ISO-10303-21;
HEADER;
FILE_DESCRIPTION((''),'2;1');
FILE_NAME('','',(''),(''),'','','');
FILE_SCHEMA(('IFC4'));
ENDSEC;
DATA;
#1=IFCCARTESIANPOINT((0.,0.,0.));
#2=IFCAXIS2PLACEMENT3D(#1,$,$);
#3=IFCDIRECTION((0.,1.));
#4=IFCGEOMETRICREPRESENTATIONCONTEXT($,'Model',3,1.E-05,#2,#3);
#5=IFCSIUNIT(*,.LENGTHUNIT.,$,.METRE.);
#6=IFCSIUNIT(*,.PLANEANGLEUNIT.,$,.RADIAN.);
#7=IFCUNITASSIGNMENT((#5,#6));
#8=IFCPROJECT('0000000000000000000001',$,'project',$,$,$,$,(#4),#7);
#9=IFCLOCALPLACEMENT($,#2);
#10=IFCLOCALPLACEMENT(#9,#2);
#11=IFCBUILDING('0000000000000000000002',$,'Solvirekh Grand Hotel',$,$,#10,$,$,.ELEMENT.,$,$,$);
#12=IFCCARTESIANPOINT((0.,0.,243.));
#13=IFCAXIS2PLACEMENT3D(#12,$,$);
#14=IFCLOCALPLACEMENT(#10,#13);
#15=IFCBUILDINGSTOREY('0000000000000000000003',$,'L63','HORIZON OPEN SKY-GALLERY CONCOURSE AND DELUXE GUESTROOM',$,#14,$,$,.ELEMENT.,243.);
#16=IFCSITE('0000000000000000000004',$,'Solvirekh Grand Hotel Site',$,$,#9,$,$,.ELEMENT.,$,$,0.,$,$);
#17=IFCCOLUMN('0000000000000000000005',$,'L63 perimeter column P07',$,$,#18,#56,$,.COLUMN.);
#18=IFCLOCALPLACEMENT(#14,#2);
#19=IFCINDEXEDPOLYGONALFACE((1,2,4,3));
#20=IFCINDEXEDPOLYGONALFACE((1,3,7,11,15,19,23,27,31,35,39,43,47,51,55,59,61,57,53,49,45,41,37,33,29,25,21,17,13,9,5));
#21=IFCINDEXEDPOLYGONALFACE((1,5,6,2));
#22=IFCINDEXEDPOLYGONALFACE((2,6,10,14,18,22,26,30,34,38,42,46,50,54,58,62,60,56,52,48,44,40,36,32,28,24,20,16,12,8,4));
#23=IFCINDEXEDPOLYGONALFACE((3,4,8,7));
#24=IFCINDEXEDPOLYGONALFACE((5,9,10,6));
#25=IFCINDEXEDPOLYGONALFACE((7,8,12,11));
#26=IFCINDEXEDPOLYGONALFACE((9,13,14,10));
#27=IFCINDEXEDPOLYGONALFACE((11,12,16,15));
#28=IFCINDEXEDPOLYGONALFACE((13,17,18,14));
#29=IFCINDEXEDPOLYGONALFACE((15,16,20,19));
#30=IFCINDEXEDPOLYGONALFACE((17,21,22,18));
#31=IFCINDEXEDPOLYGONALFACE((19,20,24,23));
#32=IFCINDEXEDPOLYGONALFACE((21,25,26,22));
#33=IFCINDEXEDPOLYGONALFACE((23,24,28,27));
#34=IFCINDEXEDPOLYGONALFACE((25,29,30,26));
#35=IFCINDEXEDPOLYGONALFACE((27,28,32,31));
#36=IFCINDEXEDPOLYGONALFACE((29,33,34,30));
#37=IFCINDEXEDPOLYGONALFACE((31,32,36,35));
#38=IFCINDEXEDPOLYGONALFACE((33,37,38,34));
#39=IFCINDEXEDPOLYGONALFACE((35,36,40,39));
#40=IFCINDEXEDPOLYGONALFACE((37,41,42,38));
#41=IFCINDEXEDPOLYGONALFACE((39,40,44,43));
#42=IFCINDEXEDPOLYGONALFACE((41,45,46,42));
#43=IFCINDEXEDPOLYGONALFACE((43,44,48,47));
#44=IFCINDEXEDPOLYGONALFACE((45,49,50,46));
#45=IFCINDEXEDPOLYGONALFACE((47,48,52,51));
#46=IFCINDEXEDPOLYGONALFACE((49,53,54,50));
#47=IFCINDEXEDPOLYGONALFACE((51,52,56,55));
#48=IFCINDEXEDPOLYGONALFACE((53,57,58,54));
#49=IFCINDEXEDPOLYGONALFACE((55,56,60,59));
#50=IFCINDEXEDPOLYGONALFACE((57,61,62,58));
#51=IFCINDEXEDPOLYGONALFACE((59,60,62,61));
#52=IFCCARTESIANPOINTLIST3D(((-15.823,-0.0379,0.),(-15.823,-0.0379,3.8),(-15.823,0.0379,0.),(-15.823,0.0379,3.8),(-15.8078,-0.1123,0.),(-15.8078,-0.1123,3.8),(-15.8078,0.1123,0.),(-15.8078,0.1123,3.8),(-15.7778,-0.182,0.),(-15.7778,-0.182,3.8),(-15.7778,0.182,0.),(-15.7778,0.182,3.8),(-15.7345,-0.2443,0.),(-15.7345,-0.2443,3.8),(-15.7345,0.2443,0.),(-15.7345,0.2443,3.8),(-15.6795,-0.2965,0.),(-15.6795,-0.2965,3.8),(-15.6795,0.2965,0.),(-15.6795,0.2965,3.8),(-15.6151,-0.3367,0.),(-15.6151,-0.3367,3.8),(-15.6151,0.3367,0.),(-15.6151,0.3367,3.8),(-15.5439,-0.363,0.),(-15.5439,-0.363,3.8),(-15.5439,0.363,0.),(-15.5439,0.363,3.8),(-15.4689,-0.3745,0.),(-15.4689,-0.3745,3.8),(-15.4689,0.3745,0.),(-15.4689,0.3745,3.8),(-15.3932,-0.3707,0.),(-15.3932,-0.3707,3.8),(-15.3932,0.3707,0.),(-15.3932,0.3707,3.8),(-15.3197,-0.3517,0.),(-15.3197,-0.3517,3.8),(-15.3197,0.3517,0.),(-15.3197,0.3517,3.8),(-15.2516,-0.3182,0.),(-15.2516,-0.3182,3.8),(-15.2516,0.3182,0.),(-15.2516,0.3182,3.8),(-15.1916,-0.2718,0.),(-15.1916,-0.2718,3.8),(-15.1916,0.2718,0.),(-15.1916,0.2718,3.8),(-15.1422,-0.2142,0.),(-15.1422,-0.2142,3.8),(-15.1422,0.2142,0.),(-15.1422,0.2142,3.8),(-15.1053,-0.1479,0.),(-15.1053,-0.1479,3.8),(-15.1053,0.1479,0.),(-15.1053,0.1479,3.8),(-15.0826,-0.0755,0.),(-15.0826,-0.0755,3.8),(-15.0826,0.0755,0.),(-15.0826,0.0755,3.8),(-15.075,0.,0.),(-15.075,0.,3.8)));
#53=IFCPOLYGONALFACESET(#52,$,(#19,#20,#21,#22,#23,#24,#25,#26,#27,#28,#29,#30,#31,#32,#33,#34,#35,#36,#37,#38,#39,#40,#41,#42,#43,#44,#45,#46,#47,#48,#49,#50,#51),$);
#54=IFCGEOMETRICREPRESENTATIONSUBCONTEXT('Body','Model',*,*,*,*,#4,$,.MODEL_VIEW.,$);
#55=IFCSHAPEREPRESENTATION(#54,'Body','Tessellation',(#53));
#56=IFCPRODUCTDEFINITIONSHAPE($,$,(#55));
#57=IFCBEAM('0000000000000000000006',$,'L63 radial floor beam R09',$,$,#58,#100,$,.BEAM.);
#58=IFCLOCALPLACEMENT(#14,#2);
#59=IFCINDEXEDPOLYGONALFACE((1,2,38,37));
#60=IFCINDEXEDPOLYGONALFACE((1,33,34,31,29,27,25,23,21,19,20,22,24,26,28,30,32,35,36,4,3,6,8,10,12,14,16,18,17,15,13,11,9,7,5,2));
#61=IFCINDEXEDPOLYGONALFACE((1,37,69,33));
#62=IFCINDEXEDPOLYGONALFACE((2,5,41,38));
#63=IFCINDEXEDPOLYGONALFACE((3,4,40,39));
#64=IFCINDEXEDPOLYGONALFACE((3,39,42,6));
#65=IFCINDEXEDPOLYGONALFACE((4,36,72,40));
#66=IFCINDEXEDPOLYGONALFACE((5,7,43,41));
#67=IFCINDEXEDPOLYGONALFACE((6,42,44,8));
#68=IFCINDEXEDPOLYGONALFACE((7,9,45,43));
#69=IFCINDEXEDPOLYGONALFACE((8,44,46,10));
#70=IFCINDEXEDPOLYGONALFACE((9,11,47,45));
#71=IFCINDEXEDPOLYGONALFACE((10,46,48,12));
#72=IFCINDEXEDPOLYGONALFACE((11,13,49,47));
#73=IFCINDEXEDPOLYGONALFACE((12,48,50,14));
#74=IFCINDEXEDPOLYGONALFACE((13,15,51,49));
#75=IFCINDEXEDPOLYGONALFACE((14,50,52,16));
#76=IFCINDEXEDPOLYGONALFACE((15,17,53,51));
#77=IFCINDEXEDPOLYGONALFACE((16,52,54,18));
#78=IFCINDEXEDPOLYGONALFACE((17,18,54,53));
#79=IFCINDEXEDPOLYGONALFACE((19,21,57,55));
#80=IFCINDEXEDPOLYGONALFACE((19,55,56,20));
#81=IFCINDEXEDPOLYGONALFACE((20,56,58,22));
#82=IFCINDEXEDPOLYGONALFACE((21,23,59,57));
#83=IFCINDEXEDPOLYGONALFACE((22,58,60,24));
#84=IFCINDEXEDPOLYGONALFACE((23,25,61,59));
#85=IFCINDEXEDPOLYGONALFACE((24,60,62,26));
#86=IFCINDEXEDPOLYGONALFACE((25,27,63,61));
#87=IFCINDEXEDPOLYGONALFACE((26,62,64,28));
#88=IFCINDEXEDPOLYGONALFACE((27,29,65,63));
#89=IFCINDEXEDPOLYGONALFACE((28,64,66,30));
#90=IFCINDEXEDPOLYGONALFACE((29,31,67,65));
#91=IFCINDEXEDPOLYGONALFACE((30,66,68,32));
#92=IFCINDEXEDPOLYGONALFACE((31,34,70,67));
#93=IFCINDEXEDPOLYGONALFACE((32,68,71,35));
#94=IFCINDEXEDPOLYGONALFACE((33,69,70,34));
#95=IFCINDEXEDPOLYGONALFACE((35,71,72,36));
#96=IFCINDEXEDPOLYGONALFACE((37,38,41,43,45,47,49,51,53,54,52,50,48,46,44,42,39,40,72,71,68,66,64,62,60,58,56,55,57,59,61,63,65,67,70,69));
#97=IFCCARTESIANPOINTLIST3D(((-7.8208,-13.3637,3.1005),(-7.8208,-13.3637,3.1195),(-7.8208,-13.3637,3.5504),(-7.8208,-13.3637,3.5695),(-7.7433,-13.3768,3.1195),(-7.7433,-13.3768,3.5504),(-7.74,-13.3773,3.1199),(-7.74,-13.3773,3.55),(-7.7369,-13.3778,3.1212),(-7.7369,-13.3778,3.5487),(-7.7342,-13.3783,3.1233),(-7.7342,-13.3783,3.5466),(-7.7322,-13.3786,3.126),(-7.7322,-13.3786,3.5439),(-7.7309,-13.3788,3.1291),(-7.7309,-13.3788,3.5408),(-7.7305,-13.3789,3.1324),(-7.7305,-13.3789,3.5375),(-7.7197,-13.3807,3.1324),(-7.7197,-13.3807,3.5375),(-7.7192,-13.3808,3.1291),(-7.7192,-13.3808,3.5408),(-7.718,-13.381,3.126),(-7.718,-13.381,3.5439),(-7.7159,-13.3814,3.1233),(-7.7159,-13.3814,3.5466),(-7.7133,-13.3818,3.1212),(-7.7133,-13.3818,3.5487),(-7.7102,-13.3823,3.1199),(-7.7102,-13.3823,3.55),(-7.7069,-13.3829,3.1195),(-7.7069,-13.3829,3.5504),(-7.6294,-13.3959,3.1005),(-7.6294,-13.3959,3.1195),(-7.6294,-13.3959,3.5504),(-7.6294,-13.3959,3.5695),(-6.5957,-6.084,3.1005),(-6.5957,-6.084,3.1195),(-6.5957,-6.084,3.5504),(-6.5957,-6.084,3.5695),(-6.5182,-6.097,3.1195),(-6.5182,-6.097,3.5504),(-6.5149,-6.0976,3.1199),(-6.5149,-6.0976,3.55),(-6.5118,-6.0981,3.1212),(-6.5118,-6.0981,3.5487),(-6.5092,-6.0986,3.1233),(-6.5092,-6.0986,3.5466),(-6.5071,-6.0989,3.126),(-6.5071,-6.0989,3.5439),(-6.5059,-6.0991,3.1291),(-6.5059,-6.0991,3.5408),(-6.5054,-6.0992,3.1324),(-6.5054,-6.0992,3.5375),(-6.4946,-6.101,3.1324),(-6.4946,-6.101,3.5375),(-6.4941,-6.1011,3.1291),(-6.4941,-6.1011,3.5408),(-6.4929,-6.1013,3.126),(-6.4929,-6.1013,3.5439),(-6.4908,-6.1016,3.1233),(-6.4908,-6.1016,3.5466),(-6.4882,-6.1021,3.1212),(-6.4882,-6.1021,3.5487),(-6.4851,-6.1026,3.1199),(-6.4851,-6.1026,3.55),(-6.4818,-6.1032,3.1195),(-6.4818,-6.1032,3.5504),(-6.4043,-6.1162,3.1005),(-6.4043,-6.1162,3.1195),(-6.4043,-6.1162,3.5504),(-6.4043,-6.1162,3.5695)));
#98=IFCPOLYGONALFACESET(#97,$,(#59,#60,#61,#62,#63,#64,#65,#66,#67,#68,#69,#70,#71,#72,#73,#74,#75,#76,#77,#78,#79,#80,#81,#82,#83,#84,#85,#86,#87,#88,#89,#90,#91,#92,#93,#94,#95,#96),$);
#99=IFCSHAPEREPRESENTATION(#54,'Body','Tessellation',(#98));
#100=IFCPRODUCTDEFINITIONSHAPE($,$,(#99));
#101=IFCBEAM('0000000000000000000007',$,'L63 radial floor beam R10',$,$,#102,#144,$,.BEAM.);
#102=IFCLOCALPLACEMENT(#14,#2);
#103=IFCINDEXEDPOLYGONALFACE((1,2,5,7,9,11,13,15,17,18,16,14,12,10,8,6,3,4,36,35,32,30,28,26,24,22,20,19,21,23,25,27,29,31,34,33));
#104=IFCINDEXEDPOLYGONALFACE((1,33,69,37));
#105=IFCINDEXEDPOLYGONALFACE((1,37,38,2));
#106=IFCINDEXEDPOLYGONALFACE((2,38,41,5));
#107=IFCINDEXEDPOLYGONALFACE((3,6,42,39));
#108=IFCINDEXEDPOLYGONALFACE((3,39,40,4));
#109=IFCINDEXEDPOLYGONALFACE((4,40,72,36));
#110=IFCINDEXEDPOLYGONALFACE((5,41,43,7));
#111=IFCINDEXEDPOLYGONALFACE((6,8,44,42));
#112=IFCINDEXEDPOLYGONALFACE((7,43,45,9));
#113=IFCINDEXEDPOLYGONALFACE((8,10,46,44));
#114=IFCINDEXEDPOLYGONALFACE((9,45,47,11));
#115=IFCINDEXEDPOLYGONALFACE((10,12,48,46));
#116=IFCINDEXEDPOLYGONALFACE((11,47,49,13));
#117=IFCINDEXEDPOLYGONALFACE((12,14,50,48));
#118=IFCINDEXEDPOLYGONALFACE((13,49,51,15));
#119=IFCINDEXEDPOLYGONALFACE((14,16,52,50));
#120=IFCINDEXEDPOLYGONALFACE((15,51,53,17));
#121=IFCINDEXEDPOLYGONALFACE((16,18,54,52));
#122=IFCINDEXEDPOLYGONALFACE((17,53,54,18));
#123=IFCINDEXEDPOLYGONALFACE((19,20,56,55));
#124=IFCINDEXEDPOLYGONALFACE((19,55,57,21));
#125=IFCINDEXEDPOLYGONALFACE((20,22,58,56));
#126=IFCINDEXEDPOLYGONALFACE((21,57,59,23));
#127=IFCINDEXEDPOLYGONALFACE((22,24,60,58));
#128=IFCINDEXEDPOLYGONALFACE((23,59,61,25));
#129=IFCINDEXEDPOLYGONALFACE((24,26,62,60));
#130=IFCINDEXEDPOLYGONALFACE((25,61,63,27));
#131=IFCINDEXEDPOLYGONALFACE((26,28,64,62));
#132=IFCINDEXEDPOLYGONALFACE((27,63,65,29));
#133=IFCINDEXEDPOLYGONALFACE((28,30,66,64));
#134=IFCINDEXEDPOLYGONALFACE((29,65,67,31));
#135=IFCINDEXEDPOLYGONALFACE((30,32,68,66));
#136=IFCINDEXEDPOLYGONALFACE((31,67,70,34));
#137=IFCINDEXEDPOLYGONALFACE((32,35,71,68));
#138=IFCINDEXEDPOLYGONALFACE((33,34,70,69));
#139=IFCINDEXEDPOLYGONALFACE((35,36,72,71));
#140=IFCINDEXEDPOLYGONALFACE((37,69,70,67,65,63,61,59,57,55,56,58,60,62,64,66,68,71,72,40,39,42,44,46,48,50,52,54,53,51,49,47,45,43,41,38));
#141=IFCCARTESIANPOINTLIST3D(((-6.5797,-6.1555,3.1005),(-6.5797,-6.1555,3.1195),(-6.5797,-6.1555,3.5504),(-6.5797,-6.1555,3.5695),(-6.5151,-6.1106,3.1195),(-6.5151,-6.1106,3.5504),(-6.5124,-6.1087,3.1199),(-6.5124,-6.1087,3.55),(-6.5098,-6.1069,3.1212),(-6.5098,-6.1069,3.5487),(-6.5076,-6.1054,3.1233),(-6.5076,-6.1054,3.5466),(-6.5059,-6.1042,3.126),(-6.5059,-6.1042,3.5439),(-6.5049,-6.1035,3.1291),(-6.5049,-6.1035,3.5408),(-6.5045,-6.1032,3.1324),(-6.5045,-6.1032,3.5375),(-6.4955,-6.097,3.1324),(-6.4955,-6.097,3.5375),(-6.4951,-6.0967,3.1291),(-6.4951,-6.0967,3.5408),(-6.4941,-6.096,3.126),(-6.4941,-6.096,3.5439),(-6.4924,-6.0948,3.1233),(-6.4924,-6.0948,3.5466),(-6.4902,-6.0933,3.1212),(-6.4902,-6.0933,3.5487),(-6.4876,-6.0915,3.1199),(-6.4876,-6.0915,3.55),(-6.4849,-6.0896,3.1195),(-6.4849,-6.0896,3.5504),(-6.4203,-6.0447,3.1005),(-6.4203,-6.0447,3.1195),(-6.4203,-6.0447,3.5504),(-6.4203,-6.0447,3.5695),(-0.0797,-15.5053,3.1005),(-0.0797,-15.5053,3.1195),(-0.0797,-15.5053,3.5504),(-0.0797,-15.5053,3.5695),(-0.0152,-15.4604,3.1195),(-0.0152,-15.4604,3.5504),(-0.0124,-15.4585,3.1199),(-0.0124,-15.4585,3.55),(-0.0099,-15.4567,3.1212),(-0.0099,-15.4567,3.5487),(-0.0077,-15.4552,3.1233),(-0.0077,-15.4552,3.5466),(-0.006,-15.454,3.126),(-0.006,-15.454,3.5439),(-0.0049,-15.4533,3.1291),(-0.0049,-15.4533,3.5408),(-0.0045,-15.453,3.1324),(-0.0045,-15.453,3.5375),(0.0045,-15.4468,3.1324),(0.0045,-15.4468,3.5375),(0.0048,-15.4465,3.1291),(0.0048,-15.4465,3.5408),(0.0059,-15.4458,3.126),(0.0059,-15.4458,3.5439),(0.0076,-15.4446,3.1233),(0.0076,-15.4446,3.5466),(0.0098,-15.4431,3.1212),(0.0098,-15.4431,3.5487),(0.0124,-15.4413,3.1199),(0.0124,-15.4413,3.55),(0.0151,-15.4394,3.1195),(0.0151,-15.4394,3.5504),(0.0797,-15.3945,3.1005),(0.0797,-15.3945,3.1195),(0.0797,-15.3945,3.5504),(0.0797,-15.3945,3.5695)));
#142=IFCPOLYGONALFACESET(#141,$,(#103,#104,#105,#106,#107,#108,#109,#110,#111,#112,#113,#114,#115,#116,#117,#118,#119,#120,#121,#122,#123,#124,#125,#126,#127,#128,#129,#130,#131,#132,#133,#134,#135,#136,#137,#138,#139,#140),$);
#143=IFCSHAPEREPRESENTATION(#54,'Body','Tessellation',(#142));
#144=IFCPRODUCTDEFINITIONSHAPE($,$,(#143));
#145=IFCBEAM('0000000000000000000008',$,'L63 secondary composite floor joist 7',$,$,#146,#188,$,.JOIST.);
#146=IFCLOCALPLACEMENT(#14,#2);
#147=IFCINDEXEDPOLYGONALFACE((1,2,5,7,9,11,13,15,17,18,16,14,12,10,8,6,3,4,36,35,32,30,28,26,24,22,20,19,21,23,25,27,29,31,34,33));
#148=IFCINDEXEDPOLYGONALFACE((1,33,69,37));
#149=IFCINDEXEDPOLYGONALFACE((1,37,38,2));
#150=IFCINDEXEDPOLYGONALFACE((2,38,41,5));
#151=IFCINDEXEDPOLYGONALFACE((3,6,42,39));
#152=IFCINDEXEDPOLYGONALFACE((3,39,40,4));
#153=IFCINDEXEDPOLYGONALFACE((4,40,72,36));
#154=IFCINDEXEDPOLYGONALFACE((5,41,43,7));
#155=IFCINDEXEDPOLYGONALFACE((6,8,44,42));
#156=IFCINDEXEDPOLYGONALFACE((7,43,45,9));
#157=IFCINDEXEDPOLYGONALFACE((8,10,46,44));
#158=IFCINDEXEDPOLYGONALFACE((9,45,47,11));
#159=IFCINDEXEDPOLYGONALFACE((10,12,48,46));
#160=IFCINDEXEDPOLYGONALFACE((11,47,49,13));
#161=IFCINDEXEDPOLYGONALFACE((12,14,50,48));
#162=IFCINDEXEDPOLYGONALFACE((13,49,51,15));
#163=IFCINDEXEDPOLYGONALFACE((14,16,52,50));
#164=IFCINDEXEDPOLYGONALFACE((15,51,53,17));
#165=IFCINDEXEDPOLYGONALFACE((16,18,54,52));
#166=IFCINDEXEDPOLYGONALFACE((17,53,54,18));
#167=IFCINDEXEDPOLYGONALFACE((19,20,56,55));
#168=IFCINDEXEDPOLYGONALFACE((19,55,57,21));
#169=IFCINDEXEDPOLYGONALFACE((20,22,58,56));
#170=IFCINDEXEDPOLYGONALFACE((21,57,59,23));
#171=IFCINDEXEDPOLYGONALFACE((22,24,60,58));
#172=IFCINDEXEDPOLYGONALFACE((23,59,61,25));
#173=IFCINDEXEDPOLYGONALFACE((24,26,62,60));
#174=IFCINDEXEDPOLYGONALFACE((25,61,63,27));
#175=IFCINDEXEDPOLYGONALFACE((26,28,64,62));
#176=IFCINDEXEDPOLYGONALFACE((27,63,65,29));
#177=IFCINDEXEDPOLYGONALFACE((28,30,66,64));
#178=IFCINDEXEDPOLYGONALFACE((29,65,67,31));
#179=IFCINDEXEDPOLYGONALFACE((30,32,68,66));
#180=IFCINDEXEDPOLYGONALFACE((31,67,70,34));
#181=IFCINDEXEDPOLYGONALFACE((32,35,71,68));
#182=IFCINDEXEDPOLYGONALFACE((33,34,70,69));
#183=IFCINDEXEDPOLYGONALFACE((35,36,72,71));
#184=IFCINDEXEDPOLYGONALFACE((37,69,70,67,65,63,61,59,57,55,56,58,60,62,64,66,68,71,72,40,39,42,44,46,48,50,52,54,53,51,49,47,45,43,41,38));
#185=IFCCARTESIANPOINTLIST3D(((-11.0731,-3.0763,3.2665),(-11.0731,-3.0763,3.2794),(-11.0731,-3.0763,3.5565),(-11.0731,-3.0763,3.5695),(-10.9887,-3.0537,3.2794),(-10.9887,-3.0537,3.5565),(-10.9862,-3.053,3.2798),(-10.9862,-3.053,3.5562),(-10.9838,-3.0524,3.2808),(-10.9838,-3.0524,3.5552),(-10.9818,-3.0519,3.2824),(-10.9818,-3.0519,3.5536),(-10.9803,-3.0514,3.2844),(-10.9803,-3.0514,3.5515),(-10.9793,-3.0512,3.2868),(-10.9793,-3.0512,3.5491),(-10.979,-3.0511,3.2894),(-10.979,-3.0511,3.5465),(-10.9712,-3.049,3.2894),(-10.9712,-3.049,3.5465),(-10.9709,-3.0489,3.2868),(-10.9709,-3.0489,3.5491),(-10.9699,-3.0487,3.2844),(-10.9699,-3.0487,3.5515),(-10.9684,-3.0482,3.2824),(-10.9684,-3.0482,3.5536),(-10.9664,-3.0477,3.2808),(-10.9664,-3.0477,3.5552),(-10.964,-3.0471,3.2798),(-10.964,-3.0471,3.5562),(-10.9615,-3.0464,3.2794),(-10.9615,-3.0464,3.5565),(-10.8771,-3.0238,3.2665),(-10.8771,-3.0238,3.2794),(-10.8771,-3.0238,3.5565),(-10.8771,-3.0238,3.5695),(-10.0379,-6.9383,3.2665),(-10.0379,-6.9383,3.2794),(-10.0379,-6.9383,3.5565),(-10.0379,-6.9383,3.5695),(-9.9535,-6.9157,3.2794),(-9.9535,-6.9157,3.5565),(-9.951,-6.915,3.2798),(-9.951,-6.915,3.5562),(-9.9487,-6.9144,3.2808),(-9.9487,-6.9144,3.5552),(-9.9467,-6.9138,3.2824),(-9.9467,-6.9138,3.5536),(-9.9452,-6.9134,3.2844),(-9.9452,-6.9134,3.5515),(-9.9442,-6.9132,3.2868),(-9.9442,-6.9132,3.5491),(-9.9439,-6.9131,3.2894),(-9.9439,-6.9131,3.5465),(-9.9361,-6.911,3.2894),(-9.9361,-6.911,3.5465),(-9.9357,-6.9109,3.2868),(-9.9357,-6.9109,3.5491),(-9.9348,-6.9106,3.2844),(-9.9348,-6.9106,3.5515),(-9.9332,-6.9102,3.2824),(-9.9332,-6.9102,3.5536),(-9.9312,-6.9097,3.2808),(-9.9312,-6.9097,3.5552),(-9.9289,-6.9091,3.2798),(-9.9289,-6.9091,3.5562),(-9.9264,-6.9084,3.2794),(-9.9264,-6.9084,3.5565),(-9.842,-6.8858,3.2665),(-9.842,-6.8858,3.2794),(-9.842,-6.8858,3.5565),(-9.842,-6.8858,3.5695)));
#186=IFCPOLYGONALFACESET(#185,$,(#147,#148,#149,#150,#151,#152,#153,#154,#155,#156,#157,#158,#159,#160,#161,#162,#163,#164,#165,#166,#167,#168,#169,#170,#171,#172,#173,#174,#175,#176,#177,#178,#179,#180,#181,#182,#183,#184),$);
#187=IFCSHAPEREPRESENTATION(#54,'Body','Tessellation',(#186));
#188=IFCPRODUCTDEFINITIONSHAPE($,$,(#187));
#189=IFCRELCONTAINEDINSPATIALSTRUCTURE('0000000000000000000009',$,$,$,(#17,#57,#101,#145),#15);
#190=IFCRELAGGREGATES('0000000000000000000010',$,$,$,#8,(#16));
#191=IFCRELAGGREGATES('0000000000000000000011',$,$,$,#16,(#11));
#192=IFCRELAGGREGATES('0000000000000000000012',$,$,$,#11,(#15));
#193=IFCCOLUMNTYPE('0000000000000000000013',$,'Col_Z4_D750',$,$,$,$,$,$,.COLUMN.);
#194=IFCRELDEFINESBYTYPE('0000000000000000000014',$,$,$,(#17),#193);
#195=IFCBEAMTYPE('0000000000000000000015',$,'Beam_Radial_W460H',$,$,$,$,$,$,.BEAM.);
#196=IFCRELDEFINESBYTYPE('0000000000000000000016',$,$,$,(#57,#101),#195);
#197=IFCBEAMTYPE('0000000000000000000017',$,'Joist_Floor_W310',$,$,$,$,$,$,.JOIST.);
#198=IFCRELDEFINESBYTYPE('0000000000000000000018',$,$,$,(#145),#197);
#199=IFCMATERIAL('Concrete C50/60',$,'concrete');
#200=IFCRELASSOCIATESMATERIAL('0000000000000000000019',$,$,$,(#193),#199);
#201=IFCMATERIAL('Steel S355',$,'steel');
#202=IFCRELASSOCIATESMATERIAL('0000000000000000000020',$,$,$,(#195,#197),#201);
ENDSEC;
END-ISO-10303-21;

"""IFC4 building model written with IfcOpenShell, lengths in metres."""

from ifc_helpers import new_model, si_unit, direction, frame, origin, origin_2d, place, context, subcontext, project, spatial, circle, i_section, extrude, material, material_profile, profile_set, type_object, element, save


model = new_model("IFC4")

# Units and contexts
model_context = context("Model", 3, precision=1e-05, world=origin(), true_north=direction((0.0, 1.0)))
body_context = subcontext(model_context, "Body", "Model", "MODEL_VIEW")
ifc_project = project(units=[si_unit("LENGTHUNIT", "METRE"), si_unit("PLANEANGLEUNIT", "RADIAN")], contexts=[model_context])

# Site, building, storey
site_placement = place(None, origin())
site = spatial("IfcSite", under=ifc_project, at=site_placement, Name="Solvirekh Grand Hotel Site", CompositionType="ELEMENT", RefElevation=0.0)
building_placement = place(site_placement, origin())
building = spatial("IfcBuilding", under=site, at=building_placement, Name="Solvirekh Grand Hotel", CompositionType="ELEMENT")
storey_placement = place(building_placement, frame((0.0, 0.0, 243.0)))
storey = spatial("IfcBuildingStorey", under=building, at=storey_placement, Name="L63", Description="HORIZON OPEN SKY-GALLERY CONCOURSE AND DELUXE GUESTROOM", CompositionType="ELEMENT", Elevation=243.0)

# Column
ifc_material_1 = material(Name="Concrete C50/60", Category="concrete")
ifc_material_profile_1 = material_profile(ifc_material_1, circle(Radius=0.375, at=origin_2d()), Name="RC CIRC D750")
ifc_profile_set_1 = profile_set([ifc_material_profile_1], Name="Concrete C50/60")
column_type = type_object("IfcColumnType", Name="Col_Z4_D750", PredefinedType="COLUMN", material=ifc_profile_set_1)
column_placement = place(storey_placement, frame((-15.45, 0.0, 0.0), z_axis=(0.0, 0.0, 1.0), x_axis=(1.0, 0.0, 0.0)))
element("IfcColumn", 1, at=column_placement, inside=storey, type_object=column_type, Name="L63 perimeter column P07", PredefinedType="COLUMN", context=body_context, shape_type="SweptSolid", body=[
    extrude(circle(Radius=0.375, at=origin_2d()), origin(), (0.0, 0.0, 1.0), 3.8),
])

# Beams
ifc_material_2 = material(Name="Steel S355", Category="steel")
ifc_material_profile_2 = material_profile(ifc_material_2, i_section(OverallWidth=0.1941, OverallDepth=0.469, WebThickness=0.011, FlangeThickness=0.019, FilletRadius=0.0129, at=origin_2d()), Name="W460X106")
ifc_profile_set_2 = profile_set([ifc_material_profile_2], Name="Steel S355")
beam_type_1 = type_object("IfcBeamType", Name="Beam_Radial_W460H", PredefinedType="BEAM", material=ifc_profile_set_2)
beam_1_placement = place(storey_placement, frame((-6.5, -6.1001, 3.335), z_axis=(-0.165954, -0.986133, 0.0), x_axis=(0.986133, -0.165954, 0.0)))
element("IfcBeam", 2, at=beam_1_placement, inside=storey, type_object=beam_type_1, Name="L63 radial floor beam R09", PredefinedType="BEAM", context=body_context, shape_type="SweptSolid", body=[
    extrude(i_section(OverallWidth=0.1941, OverallDepth=0.469, WebThickness=0.011, FlangeThickness=0.019, FilletRadius=0.0129, at=origin_2d()), origin(), (0.0, 0.0, 1.0), 7.3821),
])
beam_2_placement = place(storey_placement, frame((-6.5, -6.1001, 3.335), z_axis=(0.570813, -0.82108, 0.0), x_axis=(0.82108, 0.570813, 0.0)))
element("IfcBeam", 3, at=beam_2_placement, inside=storey, type_object=beam_type_1, Name="L63 radial floor beam R10", PredefinedType="BEAM", context=body_context, shape_type="SweptSolid", body=[
    extrude(i_section(OverallWidth=0.1941, OverallDepth=0.469, WebThickness=0.011, FlangeThickness=0.019, FilletRadius=0.0129, at=origin_2d()), origin(), (0.0, 0.0, 1.0), 11.3872),
])
ifc_material_profile_3 = material_profile(ifc_material_2, i_section(OverallWidth=0.2029, OverallDepth=0.303, WebThickness=0.0081, FlangeThickness=0.0129, FilletRadius=0.01, at=origin_2d()), Name="W310X60")
ifc_profile_set_3 = profile_set([ifc_material_profile_3], Name="Steel S355")
beam_type_2 = type_object("IfcBeamType", Name="Joist_Floor_W310", PredefinedType="JOIST", material=ifc_profile_set_3)
beam_3_placement = place(storey_placement, frame((-10.9751, -3.05, 3.418), z_axis=(0.258894, -0.965906, 0.0), x_axis=(0.965906, 0.258894, 0.0)))
element("IfcBeam", 4, at=beam_3_placement, inside=storey, type_object=beam_type_2, Name="L63 secondary composite floor joist 7", PredefinedType="JOIST", context=body_context, shape_type="SweptSolid", body=[
    extrude(i_section(OverallWidth=0.2029, OverallDepth=0.303, WebThickness=0.0081, FlangeThickness=0.0129, FilletRadius=0.01, at=origin_2d()), origin(), (0.0, 0.0, 1.0), 3.9983),
])

save(model, "model.ifc")
